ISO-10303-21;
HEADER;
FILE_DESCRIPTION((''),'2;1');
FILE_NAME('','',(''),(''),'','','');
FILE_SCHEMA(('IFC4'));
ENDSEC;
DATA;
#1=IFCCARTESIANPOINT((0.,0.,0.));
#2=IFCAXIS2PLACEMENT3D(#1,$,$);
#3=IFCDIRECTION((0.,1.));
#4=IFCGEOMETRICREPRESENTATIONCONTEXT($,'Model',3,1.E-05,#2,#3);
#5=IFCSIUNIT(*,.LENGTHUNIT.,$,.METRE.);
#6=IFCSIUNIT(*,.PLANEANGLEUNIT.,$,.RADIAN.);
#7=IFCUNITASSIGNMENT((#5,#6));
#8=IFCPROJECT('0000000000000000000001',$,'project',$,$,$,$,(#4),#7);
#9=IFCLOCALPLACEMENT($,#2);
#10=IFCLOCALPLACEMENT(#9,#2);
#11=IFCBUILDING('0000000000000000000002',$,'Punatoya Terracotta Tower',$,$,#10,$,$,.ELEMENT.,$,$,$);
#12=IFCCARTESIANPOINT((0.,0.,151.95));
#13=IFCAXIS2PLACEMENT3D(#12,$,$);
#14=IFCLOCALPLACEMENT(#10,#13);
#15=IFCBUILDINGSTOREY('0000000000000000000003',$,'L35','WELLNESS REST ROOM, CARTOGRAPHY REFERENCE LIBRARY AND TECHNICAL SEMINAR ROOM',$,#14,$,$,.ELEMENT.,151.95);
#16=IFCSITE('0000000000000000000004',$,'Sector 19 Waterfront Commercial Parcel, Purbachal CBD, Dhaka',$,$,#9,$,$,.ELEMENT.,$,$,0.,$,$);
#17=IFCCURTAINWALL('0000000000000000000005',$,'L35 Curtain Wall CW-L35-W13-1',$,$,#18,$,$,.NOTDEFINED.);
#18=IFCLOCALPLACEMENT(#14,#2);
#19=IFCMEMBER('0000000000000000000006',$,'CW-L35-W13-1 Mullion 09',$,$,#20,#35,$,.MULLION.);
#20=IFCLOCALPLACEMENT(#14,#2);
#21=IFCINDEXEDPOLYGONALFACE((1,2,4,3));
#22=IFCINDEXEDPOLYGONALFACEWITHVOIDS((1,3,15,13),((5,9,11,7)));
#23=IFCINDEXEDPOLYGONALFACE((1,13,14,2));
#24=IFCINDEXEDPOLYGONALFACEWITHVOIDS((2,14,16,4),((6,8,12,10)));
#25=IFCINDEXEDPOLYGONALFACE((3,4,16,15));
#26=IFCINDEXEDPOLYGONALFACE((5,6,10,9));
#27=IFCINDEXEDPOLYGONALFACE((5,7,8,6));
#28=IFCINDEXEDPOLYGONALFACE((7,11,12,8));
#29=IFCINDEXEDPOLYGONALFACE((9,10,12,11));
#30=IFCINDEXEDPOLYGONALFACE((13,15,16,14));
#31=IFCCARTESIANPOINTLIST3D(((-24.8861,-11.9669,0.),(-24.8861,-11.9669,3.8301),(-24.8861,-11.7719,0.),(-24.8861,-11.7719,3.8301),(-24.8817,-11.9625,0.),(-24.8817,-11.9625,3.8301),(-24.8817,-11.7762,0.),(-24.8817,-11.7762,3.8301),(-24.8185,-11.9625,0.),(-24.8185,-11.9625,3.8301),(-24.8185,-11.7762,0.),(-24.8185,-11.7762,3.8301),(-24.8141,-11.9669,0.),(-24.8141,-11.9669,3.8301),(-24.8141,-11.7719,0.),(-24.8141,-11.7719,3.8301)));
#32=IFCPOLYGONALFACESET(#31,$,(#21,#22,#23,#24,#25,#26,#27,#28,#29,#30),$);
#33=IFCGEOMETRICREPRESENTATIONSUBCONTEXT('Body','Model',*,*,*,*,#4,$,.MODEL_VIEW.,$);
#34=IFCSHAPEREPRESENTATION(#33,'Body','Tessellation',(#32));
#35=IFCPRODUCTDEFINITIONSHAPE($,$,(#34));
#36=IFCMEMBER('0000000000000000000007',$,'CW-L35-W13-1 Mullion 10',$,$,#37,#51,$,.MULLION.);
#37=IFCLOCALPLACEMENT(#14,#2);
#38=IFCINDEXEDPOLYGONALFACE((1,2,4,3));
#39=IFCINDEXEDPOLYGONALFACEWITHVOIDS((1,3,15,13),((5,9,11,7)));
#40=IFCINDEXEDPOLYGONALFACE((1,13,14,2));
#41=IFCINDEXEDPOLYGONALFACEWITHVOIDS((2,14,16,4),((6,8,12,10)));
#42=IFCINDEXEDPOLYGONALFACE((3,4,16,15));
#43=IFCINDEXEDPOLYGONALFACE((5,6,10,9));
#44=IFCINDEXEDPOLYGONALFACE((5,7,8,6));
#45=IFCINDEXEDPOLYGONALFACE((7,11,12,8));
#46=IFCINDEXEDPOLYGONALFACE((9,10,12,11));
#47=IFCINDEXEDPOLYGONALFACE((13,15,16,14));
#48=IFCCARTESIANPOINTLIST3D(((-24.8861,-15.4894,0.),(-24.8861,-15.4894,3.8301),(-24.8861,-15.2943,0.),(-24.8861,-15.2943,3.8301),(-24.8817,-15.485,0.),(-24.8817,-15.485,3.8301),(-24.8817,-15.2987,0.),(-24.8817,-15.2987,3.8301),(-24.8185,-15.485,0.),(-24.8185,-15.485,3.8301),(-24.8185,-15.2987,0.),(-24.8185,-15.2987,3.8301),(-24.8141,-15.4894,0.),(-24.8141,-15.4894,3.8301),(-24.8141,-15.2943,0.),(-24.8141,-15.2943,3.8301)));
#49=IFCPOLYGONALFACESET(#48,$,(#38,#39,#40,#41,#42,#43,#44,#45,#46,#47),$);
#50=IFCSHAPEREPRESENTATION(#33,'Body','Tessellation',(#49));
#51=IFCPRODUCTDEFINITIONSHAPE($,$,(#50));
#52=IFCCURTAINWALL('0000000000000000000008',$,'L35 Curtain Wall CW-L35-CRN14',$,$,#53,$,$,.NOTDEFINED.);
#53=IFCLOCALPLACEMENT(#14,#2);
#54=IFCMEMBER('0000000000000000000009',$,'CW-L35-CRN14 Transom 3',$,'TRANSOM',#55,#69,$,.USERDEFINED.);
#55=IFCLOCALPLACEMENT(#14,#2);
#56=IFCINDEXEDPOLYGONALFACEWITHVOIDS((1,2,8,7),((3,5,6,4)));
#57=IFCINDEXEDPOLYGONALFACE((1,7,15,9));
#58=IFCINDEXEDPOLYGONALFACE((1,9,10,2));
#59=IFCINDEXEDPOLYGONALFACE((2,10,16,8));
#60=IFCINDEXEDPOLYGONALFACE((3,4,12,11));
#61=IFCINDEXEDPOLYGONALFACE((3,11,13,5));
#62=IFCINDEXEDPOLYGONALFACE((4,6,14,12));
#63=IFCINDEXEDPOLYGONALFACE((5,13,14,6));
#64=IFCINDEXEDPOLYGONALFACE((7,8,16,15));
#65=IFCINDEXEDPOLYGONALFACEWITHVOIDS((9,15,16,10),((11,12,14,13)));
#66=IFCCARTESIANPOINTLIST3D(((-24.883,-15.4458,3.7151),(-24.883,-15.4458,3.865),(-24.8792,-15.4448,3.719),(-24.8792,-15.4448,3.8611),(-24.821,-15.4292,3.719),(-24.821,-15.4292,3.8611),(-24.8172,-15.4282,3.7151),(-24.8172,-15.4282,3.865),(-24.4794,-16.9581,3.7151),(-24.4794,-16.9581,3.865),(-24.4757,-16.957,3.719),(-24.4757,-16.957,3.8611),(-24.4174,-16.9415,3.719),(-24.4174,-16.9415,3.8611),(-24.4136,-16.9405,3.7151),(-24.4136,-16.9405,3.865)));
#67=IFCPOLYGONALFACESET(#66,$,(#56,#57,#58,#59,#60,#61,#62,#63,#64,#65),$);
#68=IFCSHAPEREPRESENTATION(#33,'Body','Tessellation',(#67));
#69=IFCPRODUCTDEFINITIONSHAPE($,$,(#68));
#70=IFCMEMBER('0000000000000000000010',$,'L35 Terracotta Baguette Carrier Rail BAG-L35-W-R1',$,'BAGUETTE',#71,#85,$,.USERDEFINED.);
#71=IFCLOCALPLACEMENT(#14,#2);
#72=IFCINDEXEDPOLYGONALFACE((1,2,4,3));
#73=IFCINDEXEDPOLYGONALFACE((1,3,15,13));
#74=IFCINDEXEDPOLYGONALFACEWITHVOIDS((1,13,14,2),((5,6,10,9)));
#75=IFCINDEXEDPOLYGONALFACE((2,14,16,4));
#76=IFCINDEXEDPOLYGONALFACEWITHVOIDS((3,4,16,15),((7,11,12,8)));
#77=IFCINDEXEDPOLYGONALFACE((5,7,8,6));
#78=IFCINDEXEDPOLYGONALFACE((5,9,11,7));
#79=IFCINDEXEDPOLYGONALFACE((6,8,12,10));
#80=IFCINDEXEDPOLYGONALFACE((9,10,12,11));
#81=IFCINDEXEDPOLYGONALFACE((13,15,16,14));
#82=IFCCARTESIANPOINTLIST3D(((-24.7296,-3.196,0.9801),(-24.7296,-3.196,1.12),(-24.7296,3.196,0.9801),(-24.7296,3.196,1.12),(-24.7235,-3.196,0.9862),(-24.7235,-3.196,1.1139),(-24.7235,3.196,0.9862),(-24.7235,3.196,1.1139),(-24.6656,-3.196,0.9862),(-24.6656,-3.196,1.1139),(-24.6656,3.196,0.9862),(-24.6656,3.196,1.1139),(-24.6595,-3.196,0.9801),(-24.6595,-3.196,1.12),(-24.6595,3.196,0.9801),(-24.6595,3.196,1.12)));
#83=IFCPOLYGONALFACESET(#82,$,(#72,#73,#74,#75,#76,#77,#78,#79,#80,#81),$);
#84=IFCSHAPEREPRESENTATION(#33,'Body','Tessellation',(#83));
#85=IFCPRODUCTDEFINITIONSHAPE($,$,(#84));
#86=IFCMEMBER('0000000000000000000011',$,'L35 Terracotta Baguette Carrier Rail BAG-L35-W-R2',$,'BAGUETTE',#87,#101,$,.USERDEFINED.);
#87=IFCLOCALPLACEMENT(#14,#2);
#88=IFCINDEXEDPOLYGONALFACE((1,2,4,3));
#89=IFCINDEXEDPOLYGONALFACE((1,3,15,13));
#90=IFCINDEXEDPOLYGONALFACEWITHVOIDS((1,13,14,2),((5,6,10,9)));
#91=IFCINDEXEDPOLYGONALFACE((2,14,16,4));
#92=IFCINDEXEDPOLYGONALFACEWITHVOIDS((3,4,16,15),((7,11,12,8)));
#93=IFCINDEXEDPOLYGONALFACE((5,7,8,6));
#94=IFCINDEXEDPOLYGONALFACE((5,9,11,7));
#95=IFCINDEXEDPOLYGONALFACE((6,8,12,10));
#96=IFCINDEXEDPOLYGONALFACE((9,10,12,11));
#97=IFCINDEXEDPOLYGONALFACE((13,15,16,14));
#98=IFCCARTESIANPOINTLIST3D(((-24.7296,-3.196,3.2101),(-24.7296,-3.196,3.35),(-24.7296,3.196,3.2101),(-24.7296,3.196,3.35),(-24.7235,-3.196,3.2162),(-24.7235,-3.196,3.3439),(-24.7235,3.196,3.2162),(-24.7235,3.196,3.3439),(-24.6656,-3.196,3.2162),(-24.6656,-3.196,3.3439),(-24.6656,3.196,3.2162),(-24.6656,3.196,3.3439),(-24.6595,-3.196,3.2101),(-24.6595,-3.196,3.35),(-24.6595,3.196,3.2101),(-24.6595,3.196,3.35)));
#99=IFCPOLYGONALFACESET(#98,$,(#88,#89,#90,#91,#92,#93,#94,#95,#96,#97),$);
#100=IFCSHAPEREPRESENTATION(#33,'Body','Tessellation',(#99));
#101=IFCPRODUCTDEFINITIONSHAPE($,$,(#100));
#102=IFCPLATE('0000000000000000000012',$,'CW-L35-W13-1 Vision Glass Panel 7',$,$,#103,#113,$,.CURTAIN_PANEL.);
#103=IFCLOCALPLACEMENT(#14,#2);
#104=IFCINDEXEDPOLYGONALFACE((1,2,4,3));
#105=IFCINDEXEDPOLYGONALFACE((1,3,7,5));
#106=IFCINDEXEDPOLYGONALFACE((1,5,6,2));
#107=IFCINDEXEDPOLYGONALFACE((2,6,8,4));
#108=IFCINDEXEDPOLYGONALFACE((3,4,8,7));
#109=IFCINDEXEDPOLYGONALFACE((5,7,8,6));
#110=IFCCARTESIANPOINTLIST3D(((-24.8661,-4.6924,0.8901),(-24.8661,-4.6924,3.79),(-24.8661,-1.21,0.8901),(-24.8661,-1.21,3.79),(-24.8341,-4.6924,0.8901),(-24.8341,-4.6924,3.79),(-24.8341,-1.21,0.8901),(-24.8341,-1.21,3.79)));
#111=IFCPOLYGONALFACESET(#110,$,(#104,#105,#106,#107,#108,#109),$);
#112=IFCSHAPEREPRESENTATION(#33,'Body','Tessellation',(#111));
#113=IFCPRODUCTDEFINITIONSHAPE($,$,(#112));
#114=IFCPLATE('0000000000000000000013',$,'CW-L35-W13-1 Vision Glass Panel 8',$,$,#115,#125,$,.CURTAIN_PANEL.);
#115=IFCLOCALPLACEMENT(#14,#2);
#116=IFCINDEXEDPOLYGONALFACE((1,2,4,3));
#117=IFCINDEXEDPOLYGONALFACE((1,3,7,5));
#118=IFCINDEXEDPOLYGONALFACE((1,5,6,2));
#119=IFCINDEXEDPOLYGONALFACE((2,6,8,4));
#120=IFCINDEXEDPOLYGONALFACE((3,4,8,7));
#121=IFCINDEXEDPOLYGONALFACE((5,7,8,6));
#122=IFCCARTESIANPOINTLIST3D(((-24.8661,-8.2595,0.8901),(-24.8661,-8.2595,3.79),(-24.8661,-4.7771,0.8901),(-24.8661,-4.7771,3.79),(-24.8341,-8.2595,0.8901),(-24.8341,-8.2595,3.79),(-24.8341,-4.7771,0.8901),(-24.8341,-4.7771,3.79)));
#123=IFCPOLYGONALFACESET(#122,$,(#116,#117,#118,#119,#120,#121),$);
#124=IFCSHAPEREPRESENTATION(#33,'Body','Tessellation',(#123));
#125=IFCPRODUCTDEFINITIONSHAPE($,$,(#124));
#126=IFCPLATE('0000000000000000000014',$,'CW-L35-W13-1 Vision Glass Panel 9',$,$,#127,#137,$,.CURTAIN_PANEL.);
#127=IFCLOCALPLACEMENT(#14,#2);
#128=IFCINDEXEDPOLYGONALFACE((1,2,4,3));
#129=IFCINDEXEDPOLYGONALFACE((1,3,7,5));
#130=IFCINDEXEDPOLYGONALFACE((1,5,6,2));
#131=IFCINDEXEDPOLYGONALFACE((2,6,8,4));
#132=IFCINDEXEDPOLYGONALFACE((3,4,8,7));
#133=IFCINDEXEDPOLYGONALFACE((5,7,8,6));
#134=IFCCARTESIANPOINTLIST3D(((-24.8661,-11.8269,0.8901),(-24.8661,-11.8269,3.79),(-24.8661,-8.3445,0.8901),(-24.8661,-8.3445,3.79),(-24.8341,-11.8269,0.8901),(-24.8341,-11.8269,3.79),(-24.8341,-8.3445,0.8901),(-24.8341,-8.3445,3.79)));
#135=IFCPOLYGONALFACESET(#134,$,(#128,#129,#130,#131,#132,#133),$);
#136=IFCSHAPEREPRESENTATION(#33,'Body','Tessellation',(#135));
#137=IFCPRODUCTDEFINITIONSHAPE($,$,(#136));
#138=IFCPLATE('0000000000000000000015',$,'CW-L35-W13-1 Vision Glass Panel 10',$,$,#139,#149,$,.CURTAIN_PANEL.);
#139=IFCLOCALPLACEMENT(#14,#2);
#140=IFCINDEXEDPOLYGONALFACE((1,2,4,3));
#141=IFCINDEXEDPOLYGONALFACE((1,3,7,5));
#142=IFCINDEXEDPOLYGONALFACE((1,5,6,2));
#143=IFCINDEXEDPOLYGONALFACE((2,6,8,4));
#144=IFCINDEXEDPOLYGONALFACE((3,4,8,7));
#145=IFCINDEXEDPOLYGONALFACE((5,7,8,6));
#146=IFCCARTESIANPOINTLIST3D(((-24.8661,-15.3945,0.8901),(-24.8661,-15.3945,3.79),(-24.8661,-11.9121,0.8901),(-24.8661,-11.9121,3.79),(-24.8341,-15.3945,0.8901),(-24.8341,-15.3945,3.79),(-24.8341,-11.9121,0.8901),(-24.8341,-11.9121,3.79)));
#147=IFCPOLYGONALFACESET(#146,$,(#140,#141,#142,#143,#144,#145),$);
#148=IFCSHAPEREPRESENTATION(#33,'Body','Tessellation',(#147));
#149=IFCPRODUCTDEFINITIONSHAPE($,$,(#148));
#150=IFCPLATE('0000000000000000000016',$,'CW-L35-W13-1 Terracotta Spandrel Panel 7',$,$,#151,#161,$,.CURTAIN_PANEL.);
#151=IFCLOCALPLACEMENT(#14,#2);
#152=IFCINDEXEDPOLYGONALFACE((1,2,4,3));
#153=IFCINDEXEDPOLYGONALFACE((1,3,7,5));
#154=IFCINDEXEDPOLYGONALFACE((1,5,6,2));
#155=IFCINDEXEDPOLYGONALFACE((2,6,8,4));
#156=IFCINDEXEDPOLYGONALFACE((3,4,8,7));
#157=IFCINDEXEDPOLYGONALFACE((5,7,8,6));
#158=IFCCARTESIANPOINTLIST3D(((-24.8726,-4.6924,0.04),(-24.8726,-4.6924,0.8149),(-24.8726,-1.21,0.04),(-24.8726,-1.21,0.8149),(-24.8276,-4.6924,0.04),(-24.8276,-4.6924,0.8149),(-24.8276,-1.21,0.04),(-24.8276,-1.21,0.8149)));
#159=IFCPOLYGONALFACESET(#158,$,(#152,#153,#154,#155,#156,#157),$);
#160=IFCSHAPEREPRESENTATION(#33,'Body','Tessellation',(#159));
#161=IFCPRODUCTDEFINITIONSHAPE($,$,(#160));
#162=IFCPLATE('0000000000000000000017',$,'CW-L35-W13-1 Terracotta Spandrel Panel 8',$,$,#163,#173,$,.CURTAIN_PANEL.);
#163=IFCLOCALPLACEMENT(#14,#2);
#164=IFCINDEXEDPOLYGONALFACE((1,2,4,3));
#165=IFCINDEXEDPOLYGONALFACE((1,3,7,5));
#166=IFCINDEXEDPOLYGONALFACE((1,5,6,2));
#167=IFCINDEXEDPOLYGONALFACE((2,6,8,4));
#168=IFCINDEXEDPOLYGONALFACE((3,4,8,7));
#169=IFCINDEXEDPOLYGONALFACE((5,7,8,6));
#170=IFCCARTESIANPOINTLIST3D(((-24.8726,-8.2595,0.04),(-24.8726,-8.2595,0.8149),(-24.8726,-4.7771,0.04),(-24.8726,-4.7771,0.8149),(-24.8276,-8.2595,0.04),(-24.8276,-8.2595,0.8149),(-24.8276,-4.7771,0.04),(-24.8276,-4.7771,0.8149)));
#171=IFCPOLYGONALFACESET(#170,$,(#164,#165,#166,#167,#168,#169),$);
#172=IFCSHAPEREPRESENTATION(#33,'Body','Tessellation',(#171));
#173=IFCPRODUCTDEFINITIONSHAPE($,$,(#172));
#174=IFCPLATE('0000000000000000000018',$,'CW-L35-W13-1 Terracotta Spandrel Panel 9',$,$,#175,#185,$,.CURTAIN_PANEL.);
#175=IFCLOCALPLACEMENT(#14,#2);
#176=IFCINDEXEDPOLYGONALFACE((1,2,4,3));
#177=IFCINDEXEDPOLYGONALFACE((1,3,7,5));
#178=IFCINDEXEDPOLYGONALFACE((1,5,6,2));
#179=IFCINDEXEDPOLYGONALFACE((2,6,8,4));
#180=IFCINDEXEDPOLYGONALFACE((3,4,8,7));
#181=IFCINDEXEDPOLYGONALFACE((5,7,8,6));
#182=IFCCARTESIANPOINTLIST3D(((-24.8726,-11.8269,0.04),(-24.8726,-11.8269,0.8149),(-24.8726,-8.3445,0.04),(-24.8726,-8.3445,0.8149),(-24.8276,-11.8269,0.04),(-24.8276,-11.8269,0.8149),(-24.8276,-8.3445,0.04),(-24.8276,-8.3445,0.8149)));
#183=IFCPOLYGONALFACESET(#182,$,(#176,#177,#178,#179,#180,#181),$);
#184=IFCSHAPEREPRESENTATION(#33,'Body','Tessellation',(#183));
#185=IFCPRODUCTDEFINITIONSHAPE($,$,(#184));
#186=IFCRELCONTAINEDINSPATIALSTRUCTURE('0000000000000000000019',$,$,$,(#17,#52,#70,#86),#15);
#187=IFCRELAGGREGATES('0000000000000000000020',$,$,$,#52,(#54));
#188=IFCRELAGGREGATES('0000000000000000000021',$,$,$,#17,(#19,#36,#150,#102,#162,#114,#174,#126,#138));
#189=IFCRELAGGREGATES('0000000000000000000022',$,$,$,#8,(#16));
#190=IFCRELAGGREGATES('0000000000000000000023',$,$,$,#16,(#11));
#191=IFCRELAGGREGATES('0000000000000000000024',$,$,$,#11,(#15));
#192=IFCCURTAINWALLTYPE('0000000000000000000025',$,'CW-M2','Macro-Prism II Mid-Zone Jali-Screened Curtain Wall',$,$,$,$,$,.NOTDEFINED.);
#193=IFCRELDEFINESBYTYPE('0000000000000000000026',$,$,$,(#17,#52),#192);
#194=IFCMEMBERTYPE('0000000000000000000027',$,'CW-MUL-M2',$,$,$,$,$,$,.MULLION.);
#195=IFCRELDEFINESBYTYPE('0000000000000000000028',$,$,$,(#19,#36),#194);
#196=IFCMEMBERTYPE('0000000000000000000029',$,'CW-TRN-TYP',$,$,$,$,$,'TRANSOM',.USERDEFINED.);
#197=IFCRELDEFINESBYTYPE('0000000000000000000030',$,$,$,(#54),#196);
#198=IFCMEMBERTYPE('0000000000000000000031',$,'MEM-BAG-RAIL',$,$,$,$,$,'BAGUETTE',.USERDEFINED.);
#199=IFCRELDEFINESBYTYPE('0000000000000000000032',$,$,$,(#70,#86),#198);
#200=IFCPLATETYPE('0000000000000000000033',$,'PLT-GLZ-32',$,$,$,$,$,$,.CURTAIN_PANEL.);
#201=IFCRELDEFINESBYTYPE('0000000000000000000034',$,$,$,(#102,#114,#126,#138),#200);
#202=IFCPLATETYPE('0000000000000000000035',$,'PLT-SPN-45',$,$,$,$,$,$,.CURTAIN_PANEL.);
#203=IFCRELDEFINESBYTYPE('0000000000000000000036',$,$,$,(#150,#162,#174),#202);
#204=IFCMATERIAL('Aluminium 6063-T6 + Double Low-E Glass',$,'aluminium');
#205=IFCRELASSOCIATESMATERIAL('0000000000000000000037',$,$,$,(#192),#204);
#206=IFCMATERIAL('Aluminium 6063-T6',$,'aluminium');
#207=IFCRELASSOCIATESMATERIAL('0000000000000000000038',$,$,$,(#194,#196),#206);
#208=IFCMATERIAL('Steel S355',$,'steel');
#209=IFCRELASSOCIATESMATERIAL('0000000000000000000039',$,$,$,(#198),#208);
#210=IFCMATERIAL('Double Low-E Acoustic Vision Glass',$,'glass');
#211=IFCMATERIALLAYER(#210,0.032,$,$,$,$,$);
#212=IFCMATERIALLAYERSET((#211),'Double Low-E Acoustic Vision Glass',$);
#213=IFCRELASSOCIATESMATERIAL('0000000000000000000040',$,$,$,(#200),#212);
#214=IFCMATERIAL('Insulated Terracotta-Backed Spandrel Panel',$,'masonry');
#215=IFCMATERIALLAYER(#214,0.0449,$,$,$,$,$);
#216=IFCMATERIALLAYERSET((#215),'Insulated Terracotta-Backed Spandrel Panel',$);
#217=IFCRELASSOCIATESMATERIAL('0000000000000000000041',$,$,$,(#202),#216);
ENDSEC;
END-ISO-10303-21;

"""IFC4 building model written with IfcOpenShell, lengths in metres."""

from ifc_helpers import new_model, si_unit, direction, frame, origin, origin_2d, place, context, subcontext, project, spatial, rectangle, hollow_rectangle, extrude, material, layer, layer_set, material_profile, profile_set, type_object, element, aggregate, save


model = new_model("IFC4")

# Units and contexts
model_context = context("Model", 3, precision=1e-05, world=origin(), true_north=direction((0.0, 1.0)))
body_context = subcontext(model_context, "Body", "Model", "MODEL_VIEW")
ifc_project = project(units=[si_unit("LENGTHUNIT", "METRE"), si_unit("PLANEANGLEUNIT", "RADIAN")], contexts=[model_context])

# Site, building, storey
site_placement = place(None, origin())
site = spatial("IfcSite", under=ifc_project, at=site_placement, Name="Sector 19 Waterfront Commercial Parcel, Purbachal CBD, Dhaka", CompositionType="ELEMENT", RefElevation=0.0)
building_placement = place(site_placement, origin())
building = spatial("IfcBuilding", under=site, at=building_placement, Name="Punatoya Terracotta Tower", CompositionType="ELEMENT")
storey_placement = place(building_placement, frame((0.0, 0.0, 151.95)))
storey = spatial("IfcBuildingStorey", under=building, at=storey_placement, Name="L35", Description="WELLNESS REST ROOM, CARTOGRAPHY REFERENCE LIBRARY AND TECHNICAL SEMINAR ROOM", CompositionType="ELEMENT", Elevation=151.95)

# Curtain wall, members
ifc_material_1 = material(Name="Aluminium 6063-T6 + Double Low-E Glass", Category="aluminium")
curtain_wall_type = type_object("IfcCurtainWallType", Name="CW-M2", Description="Macro-Prism II Mid-Zone Jali-Screened Curtain Wall", PredefinedType="NOTDEFINED", material=ifc_material_1)
curtain_wall_1_placement = place(storey_placement, origin())
curtain_wall_1 = element("IfcCurtainWall", 1, at=curtain_wall_1_placement, inside=storey, type_object=curtain_wall_type, Name="L35 Curtain Wall CW-L35-W13-1", PredefinedType="NOTDEFINED")
ifc_material_2 = material(Name="Aluminium 6063-T6", Category="aluminium")
ifc_material_profile_1 = material_profile(ifc_material_2, hollow_rectangle(XDim=0.072, YDim=0.1951, WallThickness=0.0044, at=origin_2d()))
ifc_profile_set_1 = profile_set([ifc_material_profile_1], Name="Aluminium 6063-T6")
member_type_1 = type_object("IfcMemberType", Name="CW-MUL-M2", PredefinedType="MULLION", material=ifc_profile_set_1)
member_1_placement = place(storey_placement, frame((-24.8501, -11.8694, 0.0), z_axis=(0.0, 0.0, 1.0), x_axis=(1.0, 0.0, 0.0)))
member_1 = element("IfcMember", 2, at=member_1_placement, type_object=member_type_1, Name="CW-L35-W13-1 Mullion 09", PredefinedType="MULLION", context=body_context, shape_type="SweptSolid", body=[
    extrude(hollow_rectangle(XDim=0.072, YDim=0.1951, WallThickness=0.0044, at=origin_2d()), origin(), (0.0, 0.0, 1.0), 3.8301),
])
member_2_placement = place(storey_placement, frame((-24.8501, -15.3918, 0.0), z_axis=(0.0, 0.0, 1.0), x_axis=(1.0, 0.0, 0.0)))
member_2 = element("IfcMember", 3, at=member_2_placement, type_object=member_type_1, Name="CW-L35-W13-1 Mullion 10", PredefinedType="MULLION", context=body_context, shape_type="SweptSolid", body=[
    extrude(hollow_rectangle(XDim=0.072, YDim=0.1951, WallThickness=0.0044, at=origin_2d()), origin(), (0.0, 0.0, 1.0), 3.8301),
])

# Curtain wall, member
curtain_wall_2_placement = place(storey_placement, origin())
curtain_wall_2 = element("IfcCurtainWall", 4, at=curtain_wall_2_placement, inside=storey, type_object=curtain_wall_type, Name="L35 Curtain Wall CW-L35-CRN14", PredefinedType="NOTDEFINED")
ifc_material_profile_2 = material_profile(ifc_material_2, hollow_rectangle(XDim=0.0681, YDim=0.1499, WallThickness=0.0039, at=origin_2d()))
ifc_profile_set_2 = profile_set([ifc_material_profile_2], Name="Aluminium 6063-T6")
member_type_2 = type_object("IfcMemberType", Name="CW-TRN-TYP", ElementType="TRANSOM", PredefinedType="USERDEFINED", material=ifc_profile_set_2)
member_3_placement = place(storey_placement, frame((-24.8501, -15.437, 3.79), z_axis=(0.257847, -0.966186, 0.0), x_axis=(0.966186, 0.257847, 0.0)))
member_3 = element("IfcMember", 5, at=member_3_placement, type_object=member_type_2, Name="CW-L35-CRN14 Transom 3", ObjectType="TRANSOM", PredefinedType="USERDEFINED", context=body_context, shape_type="SweptSolid", body=[
    extrude(hollow_rectangle(XDim=0.0681, YDim=0.1499, WallThickness=0.0039, at=origin_2d()), origin(), (0.0, 0.0, 1.0), 1.5652),
])
aggregate(curtain_wall_2, [member_3])

# Members
ifc_material_3 = material(Name="Steel S355", Category="steel")
ifc_material_profile_3 = material_profile(ifc_material_3, hollow_rectangle(XDim=0.0701, YDim=0.1399, WallThickness=0.0061, at=origin_2d()))
ifc_profile_set_3 = profile_set([ifc_material_profile_3], Name="Steel S355")
member_type_3 = type_object("IfcMemberType", Name="MEM-BAG-RAIL", ElementType="BAGUETTE", PredefinedType="USERDEFINED", material=ifc_profile_set_3)
for number, where, z_axis, x_axis, name in (
    (6, (-24.6946, -3.196, 1.05), (0.0, 1.0, 0.0), (-1.0, 0.0, 0.0), "L35 Terracotta Baguette Carrier Rail BAG-L35-W-R1"),
    (7, (-24.6946, -3.196, 3.28), (0.0, 1.0, 0.0), (-1.0, 0.0, 0.0), "L35 Terracotta Baguette Carrier Rail BAG-L35-W-R2"),
):
    element("IfcMember", number, at=place(storey_placement, frame(where, z_axis=z_axis, x_axis=x_axis)), inside=storey, type_object=member_type_3, Name=name, ObjectType="BAGUETTE", PredefinedType="USERDEFINED", context=body_context, shape_type="SweptSolid", body=[
        extrude(hollow_rectangle(XDim=0.0701, YDim=0.1399, WallThickness=0.0061, at=origin_2d()), origin(), (0.0, 0.0, 1.0), 6.3921),
    ])

# Plates
ifc_material_4 = material(Name="Double Low-E Acoustic Vision Glass", Category="glass")
ifc_layer_1 = layer(ifc_material_4, 0.032)
ifc_layer_set_1 = layer_set([ifc_layer_1], Name="Double Low-E Acoustic Vision Glass")
plate_type_1 = type_object("IfcPlateType", Name="PLT-GLZ-32", PredefinedType="CURTAIN_PANEL", material=ifc_layer_set_1)
plate_1_placement = place(storey_placement, frame((-24.8501, -2.9512, 0.8901), z_axis=(0.0, 0.0, 1.0), x_axis=(0.0, -1.0, 0.0)))
plate_1 = element("IfcPlate", 8, at=plate_1_placement, type_object=plate_type_1, Name="CW-L35-W13-1 Vision Glass Panel 7", PredefinedType="CURTAIN_PANEL", context=body_context, shape_type="SweptSolid", body=[
    extrude(rectangle(XDim=3.4824, YDim=0.032, at=origin_2d()), origin(), (0.0, 0.0, 1.0), 2.8999),
])
plate_2_placement = place(storey_placement, frame((-24.8501, -6.5183, 0.8901), z_axis=(0.0, 0.0, 1.0), x_axis=(0.0, -1.0, 0.0)))
plate_2 = element("IfcPlate", 9, at=plate_2_placement, type_object=plate_type_1, Name="CW-L35-W13-1 Vision Glass Panel 8", PredefinedType="CURTAIN_PANEL", context=body_context, shape_type="SweptSolid", body=[
    extrude(rectangle(XDim=3.4824, YDim=0.032, at=origin_2d()), origin(), (0.0, 0.0, 1.0), 2.8999),
])
plate_3_placement = place(storey_placement, frame((-24.8501, -10.0857, 0.8901), z_axis=(0.0, 0.0, 1.0), x_axis=(0.0, -1.0, 0.0)))
plate_3 = element("IfcPlate", 10, at=plate_3_placement, type_object=plate_type_1, Name="CW-L35-W13-1 Vision Glass Panel 9", PredefinedType="CURTAIN_PANEL", context=body_context, shape_type="SweptSolid", body=[
    extrude(rectangle(XDim=3.4824, YDim=0.032, at=origin_2d()), origin(), (0.0, 0.0, 1.0), 2.8999),
])
plate_4_placement = place(storey_placement, frame((-24.8501, -13.6533, 0.8901), z_axis=(0.0, 0.0, 1.0), x_axis=(0.0, -1.0, 0.0)))
plate_4 = element("IfcPlate", 11, at=plate_4_placement, type_object=plate_type_1, Name="CW-L35-W13-1 Vision Glass Panel 10", PredefinedType="CURTAIN_PANEL", context=body_context, shape_type="SweptSolid", body=[
    extrude(rectangle(XDim=3.4824, YDim=0.032, at=origin_2d()), origin(), (0.0, 0.0, 1.0), 2.8999),
])
ifc_material_5 = material(Name="Insulated Terracotta-Backed Spandrel Panel", Category="masonry")
ifc_layer_2 = layer(ifc_material_5, 0.0449)
ifc_layer_set_2 = layer_set([ifc_layer_2], Name="Insulated Terracotta-Backed Spandrel Panel")
plate_type_2 = type_object("IfcPlateType", Name="PLT-SPN-45", PredefinedType="CURTAIN_PANEL", material=ifc_layer_set_2)
plate_5_placement = place(storey_placement, frame((-24.8501, -2.9512, 0.04), z_axis=(0.0, 0.0, 1.0), x_axis=(0.0, -1.0, 0.0)))
plate_5 = element("IfcPlate", 12, at=plate_5_placement, type_object=plate_type_2, Name="CW-L35-W13-1 Terracotta Spandrel Panel 7", PredefinedType="CURTAIN_PANEL", context=body_context, shape_type="SweptSolid", body=[
    extrude(rectangle(XDim=3.4824, YDim=0.0449, at=origin_2d()), origin(), (0.0, 0.0, 1.0), 0.7749),
])
plate_6_placement = place(storey_placement, frame((-24.8501, -6.5183, 0.04), z_axis=(0.0, 0.0, 1.0), x_axis=(0.0, -1.0, 0.0)))
plate_6 = element("IfcPlate", 13, at=plate_6_placement, type_object=plate_type_2, Name="CW-L35-W13-1 Terracotta Spandrel Panel 8", PredefinedType="CURTAIN_PANEL", context=body_context, shape_type="SweptSolid", body=[
    extrude(rectangle(XDim=3.4824, YDim=0.0449, at=origin_2d()), origin(), (0.0, 0.0, 1.0), 0.7749),
])
plate_7_placement = place(storey_placement, frame((-24.8501, -10.0857, 0.04), z_axis=(0.0, 0.0, 1.0), x_axis=(0.0, -1.0, 0.0)))
plate_7 = element("IfcPlate", 14, at=plate_7_placement, type_object=plate_type_2, Name="CW-L35-W13-1 Terracotta Spandrel Panel 9", PredefinedType="CURTAIN_PANEL", context=body_context, shape_type="SweptSolid", body=[
    extrude(rectangle(XDim=3.4824, YDim=0.0449, at=origin_2d()), origin(), (0.0, 0.0, 1.0), 0.7749),
])
aggregate(curtain_wall_1, [member_1, member_2, plate_5, plate_1, plate_6, plate_2, plate_7, plate_3, plate_4])

save(model, "model.ifc")
